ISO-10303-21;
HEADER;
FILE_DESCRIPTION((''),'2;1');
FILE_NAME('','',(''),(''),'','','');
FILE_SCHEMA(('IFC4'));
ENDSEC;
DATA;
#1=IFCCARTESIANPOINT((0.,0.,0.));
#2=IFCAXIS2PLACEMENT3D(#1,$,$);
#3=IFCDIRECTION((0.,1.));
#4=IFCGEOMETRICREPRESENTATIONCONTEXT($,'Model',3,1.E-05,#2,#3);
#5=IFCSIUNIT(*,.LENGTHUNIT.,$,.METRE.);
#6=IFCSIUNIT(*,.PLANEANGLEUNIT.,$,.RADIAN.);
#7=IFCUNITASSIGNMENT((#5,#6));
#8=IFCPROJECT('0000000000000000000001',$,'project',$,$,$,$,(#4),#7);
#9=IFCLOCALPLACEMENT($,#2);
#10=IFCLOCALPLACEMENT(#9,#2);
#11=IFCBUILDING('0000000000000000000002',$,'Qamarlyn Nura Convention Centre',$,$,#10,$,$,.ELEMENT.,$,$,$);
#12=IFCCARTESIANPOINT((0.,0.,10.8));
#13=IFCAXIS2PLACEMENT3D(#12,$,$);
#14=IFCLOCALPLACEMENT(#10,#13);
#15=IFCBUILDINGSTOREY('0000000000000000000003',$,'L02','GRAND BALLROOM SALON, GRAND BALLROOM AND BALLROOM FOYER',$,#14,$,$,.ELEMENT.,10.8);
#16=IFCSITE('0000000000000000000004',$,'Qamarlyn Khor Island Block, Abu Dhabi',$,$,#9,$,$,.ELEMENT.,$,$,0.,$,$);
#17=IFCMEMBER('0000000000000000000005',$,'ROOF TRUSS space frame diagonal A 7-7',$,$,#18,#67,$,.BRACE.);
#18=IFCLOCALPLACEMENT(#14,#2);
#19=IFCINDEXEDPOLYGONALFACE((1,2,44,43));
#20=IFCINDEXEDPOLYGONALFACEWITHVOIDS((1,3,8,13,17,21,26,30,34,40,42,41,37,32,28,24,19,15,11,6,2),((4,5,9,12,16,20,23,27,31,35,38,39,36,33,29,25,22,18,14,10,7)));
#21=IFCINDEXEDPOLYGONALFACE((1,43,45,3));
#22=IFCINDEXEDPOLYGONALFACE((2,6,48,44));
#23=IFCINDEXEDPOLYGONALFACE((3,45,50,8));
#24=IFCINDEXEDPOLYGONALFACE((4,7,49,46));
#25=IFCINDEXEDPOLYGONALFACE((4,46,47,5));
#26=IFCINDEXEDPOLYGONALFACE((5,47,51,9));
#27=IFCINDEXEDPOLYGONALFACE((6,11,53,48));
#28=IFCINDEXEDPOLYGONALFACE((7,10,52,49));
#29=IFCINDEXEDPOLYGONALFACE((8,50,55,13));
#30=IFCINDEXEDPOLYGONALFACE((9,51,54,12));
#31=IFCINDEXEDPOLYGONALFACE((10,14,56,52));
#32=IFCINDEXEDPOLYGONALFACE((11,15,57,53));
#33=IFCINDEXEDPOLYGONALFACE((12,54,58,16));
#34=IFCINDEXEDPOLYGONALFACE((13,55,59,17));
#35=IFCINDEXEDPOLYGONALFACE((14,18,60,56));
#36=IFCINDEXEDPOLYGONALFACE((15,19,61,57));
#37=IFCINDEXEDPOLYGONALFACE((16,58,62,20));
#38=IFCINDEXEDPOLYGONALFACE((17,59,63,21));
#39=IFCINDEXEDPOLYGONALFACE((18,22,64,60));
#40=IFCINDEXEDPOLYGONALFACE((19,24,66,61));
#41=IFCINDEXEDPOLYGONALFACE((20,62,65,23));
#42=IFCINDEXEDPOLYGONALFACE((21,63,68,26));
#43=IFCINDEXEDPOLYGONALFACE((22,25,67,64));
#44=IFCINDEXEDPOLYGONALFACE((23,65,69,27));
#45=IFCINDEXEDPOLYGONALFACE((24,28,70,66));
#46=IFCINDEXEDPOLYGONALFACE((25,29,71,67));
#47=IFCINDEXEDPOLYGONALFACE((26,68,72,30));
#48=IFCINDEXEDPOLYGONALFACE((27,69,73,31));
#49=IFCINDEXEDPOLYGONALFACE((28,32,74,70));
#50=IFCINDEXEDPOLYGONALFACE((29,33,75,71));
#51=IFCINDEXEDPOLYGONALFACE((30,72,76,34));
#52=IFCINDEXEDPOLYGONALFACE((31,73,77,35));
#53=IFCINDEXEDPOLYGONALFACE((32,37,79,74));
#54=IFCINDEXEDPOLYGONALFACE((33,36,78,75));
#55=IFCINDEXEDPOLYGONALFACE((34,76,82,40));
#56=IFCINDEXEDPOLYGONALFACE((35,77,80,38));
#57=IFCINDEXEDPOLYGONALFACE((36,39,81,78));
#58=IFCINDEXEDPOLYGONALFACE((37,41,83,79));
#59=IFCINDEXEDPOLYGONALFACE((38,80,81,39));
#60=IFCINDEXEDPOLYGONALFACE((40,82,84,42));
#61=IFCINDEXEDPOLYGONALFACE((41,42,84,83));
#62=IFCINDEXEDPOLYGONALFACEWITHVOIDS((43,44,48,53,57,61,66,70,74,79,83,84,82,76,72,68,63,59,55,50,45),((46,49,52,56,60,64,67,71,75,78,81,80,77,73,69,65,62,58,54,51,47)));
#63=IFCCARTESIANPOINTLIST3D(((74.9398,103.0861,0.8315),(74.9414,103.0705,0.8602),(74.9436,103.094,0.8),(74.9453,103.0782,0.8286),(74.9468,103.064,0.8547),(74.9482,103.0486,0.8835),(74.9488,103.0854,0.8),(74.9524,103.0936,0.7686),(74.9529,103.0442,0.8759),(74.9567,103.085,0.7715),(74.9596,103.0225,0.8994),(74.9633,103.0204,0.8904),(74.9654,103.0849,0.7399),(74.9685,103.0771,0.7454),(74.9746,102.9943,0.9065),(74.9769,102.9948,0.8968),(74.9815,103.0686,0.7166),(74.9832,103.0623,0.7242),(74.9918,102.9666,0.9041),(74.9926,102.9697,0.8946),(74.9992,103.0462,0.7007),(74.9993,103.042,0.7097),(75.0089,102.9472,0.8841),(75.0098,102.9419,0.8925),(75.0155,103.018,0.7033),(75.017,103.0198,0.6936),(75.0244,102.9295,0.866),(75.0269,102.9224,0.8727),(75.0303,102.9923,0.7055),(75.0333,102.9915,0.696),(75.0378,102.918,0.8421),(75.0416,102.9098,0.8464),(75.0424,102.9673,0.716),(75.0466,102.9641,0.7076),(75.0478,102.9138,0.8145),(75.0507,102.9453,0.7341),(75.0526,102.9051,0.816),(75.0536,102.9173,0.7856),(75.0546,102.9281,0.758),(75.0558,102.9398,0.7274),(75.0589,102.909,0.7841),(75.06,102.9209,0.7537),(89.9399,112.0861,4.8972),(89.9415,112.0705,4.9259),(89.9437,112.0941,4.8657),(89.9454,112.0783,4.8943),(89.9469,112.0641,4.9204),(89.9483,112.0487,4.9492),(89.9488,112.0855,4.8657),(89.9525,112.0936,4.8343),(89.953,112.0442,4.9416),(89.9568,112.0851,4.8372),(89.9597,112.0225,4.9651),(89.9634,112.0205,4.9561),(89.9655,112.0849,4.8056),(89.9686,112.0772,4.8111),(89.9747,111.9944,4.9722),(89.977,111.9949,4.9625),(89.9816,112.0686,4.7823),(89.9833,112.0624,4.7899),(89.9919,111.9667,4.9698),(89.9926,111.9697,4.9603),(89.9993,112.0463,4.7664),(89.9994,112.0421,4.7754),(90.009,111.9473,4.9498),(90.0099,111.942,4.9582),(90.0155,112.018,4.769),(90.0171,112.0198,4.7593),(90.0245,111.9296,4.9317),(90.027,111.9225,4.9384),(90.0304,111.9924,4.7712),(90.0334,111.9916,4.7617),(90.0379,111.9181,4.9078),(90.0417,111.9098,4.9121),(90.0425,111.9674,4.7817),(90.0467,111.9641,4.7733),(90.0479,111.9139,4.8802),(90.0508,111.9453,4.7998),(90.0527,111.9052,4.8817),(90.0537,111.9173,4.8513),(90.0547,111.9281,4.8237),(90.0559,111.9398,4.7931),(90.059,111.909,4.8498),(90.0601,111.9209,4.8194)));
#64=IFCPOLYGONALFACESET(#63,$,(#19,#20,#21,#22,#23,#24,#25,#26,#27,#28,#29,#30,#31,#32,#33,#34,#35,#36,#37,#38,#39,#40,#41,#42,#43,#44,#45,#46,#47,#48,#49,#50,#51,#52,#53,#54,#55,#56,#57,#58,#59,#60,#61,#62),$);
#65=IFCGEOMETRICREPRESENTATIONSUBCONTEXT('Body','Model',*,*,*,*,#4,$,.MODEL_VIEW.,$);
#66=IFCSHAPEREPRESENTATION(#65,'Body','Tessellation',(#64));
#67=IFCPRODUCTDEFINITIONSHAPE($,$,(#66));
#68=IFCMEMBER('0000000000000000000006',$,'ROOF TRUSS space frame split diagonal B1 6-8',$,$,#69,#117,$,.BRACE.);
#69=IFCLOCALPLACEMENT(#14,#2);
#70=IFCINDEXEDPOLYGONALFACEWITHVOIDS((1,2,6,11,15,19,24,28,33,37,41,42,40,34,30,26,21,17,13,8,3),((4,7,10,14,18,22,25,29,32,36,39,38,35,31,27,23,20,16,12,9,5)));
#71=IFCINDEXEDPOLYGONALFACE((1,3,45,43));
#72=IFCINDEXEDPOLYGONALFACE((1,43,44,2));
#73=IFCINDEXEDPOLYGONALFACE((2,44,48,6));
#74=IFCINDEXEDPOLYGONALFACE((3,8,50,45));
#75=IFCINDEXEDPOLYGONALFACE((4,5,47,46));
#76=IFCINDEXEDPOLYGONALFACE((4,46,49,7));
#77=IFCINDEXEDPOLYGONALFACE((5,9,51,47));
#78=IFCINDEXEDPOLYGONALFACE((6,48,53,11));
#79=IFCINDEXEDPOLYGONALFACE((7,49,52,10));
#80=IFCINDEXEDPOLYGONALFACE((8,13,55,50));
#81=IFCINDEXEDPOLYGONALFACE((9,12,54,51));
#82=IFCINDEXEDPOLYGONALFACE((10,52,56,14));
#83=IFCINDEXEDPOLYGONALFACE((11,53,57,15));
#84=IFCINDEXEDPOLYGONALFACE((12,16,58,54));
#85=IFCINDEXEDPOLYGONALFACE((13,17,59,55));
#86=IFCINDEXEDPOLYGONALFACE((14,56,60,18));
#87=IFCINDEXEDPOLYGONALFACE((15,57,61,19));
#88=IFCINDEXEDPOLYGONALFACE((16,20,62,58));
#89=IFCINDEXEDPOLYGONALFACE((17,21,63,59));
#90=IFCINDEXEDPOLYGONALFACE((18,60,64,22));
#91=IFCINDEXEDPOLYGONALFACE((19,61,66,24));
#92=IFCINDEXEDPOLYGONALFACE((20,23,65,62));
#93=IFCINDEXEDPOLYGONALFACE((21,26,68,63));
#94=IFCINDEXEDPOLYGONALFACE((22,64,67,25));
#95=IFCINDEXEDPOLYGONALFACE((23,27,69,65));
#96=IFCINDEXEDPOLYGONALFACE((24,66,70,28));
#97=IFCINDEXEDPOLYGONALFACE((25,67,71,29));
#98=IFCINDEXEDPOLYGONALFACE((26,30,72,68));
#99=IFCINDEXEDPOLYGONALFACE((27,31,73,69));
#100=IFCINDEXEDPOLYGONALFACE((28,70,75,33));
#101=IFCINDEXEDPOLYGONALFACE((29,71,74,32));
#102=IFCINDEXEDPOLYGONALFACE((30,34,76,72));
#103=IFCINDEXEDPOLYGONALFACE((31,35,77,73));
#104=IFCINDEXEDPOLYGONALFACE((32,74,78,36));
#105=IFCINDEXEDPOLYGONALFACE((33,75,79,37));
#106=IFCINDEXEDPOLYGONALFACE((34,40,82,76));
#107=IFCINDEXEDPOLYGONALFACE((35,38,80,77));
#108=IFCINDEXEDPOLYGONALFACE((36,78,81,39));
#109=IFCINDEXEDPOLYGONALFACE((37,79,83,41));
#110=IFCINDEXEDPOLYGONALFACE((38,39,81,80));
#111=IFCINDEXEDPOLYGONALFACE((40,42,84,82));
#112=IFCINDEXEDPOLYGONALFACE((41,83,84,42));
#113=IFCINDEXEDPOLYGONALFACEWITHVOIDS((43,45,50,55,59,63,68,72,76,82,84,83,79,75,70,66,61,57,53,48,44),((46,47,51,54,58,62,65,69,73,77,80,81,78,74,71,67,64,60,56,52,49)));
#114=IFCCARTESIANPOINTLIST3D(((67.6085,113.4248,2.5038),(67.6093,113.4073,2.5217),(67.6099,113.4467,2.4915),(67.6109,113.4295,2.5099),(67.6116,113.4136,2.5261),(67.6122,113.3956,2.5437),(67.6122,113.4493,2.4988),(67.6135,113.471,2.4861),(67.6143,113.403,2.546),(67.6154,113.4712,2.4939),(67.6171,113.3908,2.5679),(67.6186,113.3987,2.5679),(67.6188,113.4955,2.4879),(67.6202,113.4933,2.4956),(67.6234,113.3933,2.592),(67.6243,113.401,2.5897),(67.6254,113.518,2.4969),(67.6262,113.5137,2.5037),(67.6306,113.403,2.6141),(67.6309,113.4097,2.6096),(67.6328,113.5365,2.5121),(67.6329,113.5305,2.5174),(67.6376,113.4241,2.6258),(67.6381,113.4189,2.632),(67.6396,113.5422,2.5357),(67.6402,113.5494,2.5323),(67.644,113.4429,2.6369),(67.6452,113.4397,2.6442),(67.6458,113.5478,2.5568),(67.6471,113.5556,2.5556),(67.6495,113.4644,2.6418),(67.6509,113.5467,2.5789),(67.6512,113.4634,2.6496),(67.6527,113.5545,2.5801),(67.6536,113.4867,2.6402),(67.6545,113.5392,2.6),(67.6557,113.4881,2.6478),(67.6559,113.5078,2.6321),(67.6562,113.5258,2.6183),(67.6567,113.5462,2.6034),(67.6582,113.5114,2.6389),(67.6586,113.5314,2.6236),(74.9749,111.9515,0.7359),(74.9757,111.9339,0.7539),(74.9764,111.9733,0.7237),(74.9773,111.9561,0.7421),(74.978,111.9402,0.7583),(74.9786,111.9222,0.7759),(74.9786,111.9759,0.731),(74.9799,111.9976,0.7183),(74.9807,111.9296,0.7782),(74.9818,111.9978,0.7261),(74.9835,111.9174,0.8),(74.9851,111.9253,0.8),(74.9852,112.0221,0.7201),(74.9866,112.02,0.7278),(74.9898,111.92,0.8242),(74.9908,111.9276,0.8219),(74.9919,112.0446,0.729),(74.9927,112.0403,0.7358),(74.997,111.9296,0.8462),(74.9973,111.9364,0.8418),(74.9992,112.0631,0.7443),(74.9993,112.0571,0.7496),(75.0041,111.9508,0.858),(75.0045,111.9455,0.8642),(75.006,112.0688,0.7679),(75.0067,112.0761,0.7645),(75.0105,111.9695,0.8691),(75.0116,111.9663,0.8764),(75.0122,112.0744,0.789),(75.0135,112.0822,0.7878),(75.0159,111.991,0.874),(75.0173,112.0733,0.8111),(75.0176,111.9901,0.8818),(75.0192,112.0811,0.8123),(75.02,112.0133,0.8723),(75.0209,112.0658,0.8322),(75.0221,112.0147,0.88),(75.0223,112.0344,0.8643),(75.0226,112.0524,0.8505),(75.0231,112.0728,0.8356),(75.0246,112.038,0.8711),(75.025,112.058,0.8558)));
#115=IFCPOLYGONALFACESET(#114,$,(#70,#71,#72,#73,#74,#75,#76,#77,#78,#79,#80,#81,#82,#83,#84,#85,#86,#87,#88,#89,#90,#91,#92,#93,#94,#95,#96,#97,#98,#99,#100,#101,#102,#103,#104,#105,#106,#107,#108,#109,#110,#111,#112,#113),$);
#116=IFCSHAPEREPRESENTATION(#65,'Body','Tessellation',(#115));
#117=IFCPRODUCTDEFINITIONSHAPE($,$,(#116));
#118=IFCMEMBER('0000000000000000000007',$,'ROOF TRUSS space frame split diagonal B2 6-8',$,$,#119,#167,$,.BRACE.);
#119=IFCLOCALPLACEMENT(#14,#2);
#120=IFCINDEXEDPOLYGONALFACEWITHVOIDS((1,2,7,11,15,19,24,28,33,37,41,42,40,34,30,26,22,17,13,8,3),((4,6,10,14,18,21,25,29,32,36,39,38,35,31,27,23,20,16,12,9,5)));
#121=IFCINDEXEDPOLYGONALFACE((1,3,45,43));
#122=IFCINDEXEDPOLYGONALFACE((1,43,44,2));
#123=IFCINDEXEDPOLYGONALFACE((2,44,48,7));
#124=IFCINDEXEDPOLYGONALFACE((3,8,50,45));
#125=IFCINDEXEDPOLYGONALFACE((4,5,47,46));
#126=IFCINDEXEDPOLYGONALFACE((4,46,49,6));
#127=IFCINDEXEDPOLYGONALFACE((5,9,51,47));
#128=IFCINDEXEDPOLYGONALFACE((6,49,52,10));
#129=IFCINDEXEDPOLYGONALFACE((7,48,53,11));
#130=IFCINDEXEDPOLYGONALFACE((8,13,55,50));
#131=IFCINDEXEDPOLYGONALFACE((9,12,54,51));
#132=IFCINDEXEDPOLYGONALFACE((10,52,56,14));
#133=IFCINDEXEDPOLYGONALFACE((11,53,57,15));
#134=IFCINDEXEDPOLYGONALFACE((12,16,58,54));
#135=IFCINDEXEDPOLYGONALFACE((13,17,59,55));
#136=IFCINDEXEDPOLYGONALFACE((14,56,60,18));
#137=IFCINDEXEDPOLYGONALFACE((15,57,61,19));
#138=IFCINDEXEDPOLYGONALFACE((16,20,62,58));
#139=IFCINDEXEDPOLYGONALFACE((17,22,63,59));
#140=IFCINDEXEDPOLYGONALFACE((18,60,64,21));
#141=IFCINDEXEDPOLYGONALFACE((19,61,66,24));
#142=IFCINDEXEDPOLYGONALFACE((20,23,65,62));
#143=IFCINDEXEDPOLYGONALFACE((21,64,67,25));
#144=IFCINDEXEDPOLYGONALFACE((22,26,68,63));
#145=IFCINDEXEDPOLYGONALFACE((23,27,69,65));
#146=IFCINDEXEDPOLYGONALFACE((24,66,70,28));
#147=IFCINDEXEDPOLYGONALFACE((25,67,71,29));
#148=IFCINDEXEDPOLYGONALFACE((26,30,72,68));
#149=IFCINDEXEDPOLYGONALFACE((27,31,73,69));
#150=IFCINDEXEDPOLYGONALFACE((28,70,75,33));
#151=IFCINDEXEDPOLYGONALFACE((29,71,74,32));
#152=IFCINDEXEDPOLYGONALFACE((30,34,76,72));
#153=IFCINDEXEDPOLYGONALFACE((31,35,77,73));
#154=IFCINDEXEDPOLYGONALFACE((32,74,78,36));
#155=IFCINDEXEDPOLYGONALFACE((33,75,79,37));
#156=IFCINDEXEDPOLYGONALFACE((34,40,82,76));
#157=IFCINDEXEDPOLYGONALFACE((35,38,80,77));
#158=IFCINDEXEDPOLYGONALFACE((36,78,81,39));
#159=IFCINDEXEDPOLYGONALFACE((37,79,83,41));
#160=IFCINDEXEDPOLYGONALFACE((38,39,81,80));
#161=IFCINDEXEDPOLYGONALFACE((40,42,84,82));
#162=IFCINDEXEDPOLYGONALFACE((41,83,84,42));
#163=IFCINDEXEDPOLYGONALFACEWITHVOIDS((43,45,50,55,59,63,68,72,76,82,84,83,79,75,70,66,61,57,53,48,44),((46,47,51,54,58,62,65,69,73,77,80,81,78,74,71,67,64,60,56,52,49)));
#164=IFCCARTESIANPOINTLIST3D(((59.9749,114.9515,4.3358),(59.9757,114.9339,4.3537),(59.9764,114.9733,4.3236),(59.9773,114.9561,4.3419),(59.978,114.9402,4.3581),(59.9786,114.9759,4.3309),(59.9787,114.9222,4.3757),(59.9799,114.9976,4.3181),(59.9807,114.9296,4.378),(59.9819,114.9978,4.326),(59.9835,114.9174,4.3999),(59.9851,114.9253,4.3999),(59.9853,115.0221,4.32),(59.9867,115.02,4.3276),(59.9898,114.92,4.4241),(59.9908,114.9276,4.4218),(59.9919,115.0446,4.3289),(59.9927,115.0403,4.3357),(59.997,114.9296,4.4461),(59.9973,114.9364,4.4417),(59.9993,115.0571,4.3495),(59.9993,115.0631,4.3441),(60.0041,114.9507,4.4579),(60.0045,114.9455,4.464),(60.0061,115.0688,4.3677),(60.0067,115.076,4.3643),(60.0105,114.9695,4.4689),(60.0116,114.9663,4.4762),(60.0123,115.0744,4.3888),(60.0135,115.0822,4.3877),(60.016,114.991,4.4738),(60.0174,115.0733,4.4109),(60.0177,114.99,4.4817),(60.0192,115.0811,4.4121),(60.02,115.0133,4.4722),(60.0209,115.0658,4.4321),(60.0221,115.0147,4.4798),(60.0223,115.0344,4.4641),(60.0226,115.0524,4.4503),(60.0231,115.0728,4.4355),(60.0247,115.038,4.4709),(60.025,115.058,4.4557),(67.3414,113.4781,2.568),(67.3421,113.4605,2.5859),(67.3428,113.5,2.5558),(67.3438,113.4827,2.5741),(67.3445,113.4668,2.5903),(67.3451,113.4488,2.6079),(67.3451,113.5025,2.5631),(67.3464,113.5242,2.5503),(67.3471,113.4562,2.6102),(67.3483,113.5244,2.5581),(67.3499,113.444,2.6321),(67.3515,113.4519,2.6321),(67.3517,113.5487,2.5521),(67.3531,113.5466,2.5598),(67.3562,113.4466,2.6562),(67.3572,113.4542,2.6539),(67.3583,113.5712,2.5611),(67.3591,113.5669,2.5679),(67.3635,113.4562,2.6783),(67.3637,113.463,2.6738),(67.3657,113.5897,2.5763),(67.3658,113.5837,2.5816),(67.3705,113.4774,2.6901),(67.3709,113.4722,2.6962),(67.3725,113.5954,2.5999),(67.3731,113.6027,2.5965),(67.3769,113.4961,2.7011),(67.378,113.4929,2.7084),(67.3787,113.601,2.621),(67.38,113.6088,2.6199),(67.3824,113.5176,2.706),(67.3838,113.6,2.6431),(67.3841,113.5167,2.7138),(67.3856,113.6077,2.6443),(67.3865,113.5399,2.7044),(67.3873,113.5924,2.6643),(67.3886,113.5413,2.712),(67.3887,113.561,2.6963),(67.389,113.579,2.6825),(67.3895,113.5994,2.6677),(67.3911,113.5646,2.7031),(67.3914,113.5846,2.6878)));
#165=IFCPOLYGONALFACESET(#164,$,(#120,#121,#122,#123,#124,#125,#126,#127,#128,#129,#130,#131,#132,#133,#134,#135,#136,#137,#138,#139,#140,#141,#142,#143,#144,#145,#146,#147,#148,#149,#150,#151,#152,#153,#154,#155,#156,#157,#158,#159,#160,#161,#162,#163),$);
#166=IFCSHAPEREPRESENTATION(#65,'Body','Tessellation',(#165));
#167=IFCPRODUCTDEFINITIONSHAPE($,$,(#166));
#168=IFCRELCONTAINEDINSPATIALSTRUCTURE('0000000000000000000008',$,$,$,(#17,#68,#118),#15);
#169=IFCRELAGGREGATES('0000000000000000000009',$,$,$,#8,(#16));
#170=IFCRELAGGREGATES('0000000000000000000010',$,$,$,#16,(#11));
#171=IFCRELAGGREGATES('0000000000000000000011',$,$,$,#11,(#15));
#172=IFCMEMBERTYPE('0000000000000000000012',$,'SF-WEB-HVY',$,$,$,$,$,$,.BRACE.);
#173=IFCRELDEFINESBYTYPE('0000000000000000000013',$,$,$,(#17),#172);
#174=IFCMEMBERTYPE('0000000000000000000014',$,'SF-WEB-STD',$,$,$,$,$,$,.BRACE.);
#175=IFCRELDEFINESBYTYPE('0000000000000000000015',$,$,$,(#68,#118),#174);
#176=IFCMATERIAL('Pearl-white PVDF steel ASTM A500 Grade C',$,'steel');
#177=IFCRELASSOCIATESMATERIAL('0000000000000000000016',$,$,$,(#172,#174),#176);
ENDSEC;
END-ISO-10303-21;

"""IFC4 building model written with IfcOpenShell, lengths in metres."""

from ifc_helpers import new_model, si_unit, direction, frame, origin, origin_2d, place, context, subcontext, project, spatial, hollow_circle, extrude, material, material_profile, profile_set, type_object, element, save


model = new_model("IFC4")

# Units and contexts
model_context = context("Model", 3, precision=1e-05, world=origin(), true_north=direction((0.0, 1.0)))
body_context = subcontext(model_context, "Body", "Model", "MODEL_VIEW")
ifc_project = project(units=[si_unit("LENGTHUNIT", "METRE"), si_unit("PLANEANGLEUNIT", "RADIAN")], contexts=[model_context])

# Site, building, storey
site_placement = place(None, origin())
site = spatial("IfcSite", under=ifc_project, at=site_placement, Name="Qamarlyn Khor Island Block, Abu Dhabi", CompositionType="ELEMENT", RefElevation=0.0)
building_placement = place(site_placement, origin())
building = spatial("IfcBuilding", under=site, at=building_placement, Name="Qamarlyn Nura Convention Centre", CompositionType="ELEMENT")
storey_placement = place(building_placement, frame((0.0, 0.0, 10.8)))
storey = spatial("IfcBuildingStorey", under=building, at=storey_placement, Name="L02", Description="GRAND BALLROOM SALON, GRAND BALLROOM AND BALLROOM FOYER", CompositionType="ELEMENT", Elevation=10.8)

# Members
ifc_material_1 = material(Name="Pearl-white PVDF steel ASTM A500 Grade C", Category="steel")
ifc_material_profile_1 = material_profile(ifc_material_1, hollow_circle(Radius=0.1096, WallThickness=0.01, at=origin_2d()), Name="CHS219.1X10")
ifc_profile_set_1 = profile_set([ifc_material_profile_1], Name="Pearl-white PVDF steel ASTM A500 Grade C")
member_type_1 = type_object("IfcMemberType", Name="SF-WEB-HVY", PredefinedType="BRACE", material=ifc_profile_set_1)
member_1_placement = place(storey_placement, frame((75.0, 103.0, 0.8), z_axis=(0.835231, 0.501138, 0.226385), x_axis=(-0.514496, 0.857493, 0.0)))
element("IfcMember", 1, at=member_1_placement, inside=storey, type_object=member_type_1, Name="ROOF TRUSS space frame diagonal A 7-7", PredefinedType="BRACE", context=body_context, shape_type="SweptSolid", body=[
    extrude(hollow_circle(Radius=0.1096, WallThickness=0.01, at=origin_2d()), origin(), (0.0, 0.0, 1.0), 17.9592),
])
ifc_material_profile_2 = material_profile(ifc_material_1, hollow_circle(Radius=0.0842, WallThickness=0.0081, at=origin_2d()), Name="CHS168.3X8")
ifc_profile_set_2 = profile_set([ifc_material_profile_2], Name="Pearl-white PVDF steel ASTM A500 Grade C")
member_type_2 = type_object("IfcMemberType", Name="SF-WEB-STD", PredefinedType="BRACE", material=ifc_profile_set_2)
for number, where, z_axis, x_axis, name in (
    (2, (75.0, 112.0, 0.8), (-0.954506, 0.190914, 0.229065), (-0.196129, -0.980578, 0.0), "ROOF TRUSS space frame split diagonal B1 6-8"),
    (3, (67.3665, 113.5266, 2.6321), (-0.954506, 0.190914, 0.229065), (-0.196129, -0.980578, 0.0), "ROOF TRUSS space frame split diagonal B2 6-8"),
):
    element("IfcMember", number, at=place(storey_placement, frame(where, z_axis=z_axis, x_axis=x_axis)), inside=storey, type_object=member_type_2, Name=name, PredefinedType="BRACE", context=body_context, shape_type="SweptSolid", body=[
        extrude(hollow_circle(Radius=0.0842, WallThickness=0.0081, at=origin_2d()), origin(), (0.0, 0.0, 1.0), 7.7175),
    ])

save(model, "model.ifc")
